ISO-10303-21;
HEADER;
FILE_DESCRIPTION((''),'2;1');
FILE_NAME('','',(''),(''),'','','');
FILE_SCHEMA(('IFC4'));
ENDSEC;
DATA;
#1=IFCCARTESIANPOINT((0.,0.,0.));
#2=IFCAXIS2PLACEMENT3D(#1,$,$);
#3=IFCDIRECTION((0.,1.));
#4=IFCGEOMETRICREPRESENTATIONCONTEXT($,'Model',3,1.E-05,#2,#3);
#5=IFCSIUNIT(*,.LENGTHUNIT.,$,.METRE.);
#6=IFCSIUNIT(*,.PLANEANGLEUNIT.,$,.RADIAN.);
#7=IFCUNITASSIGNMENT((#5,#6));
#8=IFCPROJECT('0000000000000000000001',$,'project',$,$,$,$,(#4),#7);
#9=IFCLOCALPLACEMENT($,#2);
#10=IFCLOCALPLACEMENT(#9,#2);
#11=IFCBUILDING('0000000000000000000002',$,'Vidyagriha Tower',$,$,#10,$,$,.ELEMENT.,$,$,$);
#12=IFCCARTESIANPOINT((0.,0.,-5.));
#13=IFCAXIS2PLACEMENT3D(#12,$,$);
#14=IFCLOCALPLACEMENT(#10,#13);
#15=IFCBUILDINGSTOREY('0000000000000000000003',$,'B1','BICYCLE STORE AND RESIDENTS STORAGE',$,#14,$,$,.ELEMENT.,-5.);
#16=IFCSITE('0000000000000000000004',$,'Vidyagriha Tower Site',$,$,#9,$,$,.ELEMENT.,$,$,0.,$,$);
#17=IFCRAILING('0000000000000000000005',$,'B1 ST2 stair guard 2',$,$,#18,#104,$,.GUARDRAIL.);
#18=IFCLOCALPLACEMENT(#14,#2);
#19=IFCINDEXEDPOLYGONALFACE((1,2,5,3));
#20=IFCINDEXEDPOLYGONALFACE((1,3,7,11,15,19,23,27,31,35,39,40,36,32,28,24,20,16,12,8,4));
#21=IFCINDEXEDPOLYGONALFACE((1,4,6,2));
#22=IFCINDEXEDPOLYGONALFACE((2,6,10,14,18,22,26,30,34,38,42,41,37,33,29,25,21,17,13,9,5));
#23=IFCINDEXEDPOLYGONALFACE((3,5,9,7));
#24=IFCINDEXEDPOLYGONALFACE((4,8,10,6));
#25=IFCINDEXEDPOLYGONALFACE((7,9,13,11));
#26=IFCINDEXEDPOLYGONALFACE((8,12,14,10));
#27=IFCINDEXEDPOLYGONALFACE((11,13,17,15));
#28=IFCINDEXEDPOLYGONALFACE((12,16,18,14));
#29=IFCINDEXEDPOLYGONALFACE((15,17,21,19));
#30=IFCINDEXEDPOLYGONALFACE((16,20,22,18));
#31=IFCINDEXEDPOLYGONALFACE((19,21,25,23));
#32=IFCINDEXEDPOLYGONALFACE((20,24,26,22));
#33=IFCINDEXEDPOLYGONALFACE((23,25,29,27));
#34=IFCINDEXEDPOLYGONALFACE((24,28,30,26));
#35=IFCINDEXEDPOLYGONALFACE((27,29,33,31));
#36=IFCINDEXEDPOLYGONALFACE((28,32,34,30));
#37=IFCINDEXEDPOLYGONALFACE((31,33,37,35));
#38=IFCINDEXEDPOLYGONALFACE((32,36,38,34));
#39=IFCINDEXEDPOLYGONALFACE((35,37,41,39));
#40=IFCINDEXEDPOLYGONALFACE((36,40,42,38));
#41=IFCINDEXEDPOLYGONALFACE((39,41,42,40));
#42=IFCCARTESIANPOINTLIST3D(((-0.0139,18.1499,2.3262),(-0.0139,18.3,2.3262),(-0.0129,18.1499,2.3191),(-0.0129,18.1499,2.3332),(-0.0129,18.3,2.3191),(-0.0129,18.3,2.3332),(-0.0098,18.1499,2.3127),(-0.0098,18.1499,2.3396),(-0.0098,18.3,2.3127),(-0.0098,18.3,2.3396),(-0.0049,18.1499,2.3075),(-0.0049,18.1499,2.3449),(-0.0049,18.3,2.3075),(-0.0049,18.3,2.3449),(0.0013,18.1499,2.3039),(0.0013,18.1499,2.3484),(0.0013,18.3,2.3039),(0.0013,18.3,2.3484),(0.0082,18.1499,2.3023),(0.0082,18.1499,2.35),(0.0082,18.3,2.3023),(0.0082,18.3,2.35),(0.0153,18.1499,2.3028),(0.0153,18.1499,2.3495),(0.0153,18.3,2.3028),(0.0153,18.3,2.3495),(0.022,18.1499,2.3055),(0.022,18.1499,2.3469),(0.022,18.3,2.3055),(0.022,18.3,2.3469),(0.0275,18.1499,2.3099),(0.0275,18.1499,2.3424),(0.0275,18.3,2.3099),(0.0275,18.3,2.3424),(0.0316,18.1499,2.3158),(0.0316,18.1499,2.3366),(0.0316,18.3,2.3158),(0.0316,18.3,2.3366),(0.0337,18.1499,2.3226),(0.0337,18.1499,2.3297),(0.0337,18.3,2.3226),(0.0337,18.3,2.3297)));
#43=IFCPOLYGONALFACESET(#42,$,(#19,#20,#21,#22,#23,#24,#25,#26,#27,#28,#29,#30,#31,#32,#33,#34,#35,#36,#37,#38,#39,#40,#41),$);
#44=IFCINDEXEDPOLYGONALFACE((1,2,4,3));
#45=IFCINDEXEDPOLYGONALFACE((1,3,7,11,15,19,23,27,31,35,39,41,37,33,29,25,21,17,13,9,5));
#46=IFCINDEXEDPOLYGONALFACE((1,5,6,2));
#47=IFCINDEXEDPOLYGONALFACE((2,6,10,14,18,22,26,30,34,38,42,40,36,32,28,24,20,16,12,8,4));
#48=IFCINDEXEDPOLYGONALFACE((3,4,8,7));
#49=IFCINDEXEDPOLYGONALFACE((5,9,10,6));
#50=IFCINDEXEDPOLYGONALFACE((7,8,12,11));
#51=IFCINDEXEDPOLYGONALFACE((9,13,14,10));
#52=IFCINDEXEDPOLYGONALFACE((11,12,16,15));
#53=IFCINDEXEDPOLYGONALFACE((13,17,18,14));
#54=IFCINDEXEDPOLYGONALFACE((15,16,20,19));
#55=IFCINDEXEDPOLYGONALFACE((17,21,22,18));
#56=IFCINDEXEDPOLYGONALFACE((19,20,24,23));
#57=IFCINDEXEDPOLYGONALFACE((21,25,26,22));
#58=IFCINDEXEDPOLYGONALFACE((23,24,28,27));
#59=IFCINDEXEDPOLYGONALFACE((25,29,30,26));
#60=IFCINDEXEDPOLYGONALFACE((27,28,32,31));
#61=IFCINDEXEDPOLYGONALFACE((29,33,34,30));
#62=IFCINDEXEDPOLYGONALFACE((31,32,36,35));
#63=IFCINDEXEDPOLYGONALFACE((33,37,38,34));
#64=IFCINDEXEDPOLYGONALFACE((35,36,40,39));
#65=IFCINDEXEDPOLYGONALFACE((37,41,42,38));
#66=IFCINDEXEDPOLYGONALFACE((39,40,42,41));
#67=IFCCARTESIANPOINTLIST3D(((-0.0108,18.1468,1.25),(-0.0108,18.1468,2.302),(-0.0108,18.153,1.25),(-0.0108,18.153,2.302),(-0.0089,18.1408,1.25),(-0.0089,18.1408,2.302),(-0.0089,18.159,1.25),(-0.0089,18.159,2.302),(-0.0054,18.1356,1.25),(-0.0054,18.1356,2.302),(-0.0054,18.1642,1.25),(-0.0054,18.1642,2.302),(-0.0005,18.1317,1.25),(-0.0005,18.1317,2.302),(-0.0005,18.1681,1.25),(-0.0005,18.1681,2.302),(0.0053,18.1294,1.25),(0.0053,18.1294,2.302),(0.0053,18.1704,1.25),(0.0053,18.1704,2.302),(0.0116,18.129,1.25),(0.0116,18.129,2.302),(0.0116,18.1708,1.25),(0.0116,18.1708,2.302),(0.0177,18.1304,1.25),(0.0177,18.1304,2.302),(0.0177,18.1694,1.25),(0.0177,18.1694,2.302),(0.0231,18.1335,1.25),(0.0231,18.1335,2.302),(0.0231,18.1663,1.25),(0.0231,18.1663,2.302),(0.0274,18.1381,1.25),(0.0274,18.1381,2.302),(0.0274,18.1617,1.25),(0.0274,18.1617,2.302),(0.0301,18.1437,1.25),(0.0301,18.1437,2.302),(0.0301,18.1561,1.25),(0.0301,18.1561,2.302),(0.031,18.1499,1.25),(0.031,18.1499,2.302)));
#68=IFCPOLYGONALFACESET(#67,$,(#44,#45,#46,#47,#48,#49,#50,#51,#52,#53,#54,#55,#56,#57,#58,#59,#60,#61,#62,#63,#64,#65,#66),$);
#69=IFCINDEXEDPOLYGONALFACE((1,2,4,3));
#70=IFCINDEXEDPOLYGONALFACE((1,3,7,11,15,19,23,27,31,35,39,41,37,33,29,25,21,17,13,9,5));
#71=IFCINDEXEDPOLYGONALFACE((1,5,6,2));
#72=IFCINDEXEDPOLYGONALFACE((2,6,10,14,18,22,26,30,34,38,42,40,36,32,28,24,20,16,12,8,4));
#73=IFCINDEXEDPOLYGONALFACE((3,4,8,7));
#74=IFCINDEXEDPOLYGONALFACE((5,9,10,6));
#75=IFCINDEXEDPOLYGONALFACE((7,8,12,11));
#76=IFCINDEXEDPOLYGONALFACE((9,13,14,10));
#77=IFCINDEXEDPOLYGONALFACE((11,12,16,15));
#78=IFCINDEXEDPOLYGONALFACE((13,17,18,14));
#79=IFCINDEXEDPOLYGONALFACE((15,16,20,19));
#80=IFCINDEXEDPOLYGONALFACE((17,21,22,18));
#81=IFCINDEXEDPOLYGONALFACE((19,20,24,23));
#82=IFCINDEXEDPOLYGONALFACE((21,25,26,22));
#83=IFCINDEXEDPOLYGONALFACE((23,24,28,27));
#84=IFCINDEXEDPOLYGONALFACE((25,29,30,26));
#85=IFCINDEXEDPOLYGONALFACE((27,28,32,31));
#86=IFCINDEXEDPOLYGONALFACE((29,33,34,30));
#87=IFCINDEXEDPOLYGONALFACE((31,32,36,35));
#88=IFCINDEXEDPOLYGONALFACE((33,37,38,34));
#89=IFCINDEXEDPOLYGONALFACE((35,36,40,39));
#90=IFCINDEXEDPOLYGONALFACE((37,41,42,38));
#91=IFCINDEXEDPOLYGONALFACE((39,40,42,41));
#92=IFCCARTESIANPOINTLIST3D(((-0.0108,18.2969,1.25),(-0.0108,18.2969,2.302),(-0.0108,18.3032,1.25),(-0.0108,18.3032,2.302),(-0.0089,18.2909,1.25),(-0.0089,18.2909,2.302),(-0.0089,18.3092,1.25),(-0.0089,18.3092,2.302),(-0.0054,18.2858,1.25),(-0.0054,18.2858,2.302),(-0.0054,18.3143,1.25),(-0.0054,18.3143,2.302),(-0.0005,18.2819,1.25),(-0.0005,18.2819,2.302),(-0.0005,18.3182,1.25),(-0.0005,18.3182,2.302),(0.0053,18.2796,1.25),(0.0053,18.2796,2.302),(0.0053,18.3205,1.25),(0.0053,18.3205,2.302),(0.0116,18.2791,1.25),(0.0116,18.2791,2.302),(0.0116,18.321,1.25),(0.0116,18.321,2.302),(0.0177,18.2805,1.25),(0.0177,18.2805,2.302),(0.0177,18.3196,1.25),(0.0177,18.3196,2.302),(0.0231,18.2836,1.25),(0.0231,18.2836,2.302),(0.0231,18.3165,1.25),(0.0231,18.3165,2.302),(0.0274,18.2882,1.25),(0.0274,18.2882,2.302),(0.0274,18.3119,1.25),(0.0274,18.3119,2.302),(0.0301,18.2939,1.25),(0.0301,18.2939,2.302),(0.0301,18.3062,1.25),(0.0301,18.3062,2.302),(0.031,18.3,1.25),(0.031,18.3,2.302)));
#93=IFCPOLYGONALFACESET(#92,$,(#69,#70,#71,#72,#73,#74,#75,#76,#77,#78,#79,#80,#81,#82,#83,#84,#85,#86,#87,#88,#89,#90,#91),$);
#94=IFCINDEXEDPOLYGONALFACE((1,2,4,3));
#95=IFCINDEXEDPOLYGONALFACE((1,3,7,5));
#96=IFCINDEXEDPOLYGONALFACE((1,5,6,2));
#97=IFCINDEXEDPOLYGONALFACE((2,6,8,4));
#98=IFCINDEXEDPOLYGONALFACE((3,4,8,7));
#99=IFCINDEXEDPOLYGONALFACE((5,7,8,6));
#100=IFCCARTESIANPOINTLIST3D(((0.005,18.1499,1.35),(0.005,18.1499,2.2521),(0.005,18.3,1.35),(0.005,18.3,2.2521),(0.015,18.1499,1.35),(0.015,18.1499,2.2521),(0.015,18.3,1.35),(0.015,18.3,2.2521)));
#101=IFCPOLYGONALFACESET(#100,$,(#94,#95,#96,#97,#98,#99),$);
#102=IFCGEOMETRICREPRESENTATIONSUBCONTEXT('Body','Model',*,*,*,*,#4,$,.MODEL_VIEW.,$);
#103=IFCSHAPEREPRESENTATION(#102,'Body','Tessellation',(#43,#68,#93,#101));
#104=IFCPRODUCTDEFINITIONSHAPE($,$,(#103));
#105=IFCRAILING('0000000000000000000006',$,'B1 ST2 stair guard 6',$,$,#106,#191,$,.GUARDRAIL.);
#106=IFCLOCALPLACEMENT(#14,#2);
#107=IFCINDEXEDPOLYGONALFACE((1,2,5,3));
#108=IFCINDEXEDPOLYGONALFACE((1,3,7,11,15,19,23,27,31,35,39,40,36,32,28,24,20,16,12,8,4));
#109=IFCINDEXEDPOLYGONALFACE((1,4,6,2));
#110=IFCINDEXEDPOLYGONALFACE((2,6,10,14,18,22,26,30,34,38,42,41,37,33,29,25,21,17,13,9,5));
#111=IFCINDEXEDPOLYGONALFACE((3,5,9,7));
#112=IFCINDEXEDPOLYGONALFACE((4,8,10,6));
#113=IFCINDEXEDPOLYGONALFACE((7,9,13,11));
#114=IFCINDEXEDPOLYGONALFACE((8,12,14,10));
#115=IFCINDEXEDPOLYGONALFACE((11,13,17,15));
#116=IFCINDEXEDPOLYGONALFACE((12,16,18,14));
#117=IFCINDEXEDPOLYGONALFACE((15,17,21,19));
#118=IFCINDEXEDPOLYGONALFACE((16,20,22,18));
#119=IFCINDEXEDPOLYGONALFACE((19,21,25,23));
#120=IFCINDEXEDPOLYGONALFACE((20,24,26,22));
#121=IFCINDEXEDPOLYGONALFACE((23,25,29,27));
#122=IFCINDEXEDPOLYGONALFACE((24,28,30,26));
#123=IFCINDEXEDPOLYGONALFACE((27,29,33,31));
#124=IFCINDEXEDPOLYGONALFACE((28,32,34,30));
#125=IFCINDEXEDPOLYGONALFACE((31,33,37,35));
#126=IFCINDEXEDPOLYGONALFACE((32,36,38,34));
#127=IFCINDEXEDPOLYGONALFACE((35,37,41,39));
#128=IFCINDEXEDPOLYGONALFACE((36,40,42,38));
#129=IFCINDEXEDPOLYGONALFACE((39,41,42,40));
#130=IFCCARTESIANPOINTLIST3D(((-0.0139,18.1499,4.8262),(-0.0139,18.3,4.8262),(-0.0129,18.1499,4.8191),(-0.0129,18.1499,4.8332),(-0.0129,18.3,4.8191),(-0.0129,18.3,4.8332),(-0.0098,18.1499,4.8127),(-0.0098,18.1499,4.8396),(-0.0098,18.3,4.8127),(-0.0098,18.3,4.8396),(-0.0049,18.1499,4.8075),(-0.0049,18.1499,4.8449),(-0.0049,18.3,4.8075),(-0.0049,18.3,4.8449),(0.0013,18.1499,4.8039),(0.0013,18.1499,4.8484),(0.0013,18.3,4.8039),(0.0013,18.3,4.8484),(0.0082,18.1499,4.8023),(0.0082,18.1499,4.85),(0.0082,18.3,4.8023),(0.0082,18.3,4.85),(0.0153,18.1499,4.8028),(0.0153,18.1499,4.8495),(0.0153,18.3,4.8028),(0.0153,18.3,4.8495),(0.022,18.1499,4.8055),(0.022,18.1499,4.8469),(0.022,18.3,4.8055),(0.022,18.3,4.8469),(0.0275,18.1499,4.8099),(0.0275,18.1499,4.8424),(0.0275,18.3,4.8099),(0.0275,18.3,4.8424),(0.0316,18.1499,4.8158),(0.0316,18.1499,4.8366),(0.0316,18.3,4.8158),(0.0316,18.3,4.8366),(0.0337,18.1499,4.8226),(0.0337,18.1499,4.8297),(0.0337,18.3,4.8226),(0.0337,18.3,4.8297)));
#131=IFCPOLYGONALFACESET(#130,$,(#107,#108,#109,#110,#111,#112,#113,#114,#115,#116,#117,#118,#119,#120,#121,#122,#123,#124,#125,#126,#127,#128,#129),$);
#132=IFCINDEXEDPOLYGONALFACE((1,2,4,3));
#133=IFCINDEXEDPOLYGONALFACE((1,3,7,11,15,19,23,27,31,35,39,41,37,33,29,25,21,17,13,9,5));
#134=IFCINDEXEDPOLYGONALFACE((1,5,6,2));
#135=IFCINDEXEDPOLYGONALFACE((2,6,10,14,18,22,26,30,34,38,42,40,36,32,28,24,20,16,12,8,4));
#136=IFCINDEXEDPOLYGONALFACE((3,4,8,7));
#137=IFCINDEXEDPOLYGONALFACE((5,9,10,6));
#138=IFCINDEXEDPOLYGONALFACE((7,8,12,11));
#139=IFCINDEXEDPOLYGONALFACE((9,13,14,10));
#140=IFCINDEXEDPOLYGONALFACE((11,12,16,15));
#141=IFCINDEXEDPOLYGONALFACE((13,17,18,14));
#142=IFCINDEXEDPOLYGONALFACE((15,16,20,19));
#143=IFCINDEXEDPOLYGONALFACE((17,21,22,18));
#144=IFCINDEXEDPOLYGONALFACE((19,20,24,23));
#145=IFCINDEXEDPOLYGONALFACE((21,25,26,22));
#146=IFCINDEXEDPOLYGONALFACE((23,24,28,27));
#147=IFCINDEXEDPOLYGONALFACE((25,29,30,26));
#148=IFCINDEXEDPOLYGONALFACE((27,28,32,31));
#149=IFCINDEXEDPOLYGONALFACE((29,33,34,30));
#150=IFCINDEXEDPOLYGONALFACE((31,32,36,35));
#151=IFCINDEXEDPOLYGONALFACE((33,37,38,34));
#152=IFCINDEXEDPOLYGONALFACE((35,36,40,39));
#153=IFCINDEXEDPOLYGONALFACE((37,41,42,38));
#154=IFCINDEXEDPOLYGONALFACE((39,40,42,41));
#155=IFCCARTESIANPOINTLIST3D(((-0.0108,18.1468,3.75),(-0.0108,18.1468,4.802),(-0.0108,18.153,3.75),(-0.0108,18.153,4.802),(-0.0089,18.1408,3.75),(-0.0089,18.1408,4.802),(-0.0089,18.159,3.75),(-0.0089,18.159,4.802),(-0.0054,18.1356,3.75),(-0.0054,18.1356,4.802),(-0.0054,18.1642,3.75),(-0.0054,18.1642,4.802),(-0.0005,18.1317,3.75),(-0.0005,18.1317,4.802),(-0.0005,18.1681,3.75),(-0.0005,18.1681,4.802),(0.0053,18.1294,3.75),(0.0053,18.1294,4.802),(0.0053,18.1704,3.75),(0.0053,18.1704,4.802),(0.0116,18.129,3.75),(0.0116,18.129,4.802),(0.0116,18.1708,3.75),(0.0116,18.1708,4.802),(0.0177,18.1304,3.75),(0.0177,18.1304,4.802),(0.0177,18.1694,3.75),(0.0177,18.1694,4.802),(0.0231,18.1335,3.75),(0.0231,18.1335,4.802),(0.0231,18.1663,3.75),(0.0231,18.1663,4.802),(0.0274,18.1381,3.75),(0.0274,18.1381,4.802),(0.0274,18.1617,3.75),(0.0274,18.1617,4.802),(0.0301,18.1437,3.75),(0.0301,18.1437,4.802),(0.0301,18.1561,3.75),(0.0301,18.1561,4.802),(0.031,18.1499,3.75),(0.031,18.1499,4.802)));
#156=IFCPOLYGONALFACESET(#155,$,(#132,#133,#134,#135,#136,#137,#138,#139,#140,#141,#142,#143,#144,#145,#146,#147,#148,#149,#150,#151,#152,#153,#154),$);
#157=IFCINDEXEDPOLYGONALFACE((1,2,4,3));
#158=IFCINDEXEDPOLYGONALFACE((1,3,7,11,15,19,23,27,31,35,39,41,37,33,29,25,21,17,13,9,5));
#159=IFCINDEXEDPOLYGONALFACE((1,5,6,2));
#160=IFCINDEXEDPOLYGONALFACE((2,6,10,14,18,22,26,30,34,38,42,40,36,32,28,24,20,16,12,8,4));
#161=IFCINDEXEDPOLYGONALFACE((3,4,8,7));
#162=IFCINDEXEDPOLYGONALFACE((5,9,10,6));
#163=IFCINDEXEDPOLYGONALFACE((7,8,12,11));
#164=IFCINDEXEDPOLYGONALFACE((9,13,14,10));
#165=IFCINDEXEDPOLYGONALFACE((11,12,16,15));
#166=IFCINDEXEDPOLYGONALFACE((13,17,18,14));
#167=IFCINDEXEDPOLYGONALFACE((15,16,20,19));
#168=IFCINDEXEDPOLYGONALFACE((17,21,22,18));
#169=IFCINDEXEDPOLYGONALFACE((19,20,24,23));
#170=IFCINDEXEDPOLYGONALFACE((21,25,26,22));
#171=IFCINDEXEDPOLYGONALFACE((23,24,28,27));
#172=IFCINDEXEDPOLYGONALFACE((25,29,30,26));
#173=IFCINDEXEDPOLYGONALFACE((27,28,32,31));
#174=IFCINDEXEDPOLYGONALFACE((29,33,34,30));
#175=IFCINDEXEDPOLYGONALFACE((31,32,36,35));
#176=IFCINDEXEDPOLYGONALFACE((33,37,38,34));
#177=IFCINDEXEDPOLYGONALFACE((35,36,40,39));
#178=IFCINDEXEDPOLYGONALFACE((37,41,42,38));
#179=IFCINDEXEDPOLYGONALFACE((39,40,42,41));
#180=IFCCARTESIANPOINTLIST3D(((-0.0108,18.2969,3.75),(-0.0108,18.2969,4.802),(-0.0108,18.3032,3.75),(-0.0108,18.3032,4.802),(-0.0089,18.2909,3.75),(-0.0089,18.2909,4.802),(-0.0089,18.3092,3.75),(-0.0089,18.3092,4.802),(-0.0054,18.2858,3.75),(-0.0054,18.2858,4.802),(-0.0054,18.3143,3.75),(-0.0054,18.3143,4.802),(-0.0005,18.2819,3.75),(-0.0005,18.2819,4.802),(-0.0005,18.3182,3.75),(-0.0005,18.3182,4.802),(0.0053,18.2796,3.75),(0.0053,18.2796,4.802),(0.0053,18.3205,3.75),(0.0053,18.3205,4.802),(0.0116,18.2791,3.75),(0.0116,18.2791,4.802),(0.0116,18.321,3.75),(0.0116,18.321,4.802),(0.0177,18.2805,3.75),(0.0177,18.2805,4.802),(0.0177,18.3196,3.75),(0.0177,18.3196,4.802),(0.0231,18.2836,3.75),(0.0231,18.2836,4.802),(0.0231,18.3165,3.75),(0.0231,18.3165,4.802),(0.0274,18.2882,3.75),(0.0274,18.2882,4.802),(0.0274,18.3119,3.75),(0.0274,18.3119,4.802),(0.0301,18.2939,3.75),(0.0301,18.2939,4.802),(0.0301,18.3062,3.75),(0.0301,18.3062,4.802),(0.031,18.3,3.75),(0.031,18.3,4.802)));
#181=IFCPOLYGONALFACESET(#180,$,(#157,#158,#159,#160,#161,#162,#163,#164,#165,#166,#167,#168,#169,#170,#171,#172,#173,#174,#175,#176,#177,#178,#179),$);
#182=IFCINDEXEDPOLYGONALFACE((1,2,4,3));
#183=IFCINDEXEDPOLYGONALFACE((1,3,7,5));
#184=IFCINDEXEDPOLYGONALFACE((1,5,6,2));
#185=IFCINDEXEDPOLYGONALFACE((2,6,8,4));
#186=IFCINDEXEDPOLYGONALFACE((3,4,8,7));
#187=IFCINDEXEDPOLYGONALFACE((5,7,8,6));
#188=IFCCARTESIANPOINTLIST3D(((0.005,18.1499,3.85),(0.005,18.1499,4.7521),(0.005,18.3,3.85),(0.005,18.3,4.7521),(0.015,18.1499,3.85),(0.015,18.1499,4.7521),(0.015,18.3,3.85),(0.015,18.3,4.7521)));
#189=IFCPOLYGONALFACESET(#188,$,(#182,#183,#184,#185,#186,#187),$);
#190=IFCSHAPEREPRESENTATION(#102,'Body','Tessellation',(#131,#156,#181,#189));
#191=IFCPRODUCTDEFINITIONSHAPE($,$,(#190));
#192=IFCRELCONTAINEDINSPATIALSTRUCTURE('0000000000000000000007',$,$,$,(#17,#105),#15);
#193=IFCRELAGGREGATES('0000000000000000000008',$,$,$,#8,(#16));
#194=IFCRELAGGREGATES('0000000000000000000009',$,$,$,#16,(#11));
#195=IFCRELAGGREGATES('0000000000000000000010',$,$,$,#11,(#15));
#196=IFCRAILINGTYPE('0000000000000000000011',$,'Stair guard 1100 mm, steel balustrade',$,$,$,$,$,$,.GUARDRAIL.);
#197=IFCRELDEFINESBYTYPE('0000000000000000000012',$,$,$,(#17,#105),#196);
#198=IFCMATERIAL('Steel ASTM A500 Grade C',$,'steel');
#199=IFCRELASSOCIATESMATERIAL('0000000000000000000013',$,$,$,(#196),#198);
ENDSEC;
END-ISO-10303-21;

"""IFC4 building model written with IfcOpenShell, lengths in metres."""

from ifc_helpers import new_model, si_unit, direction, frame, origin, origin_2d, place, context, subcontext, project, spatial, rectangle, circle, extrude, material, type_object, element, save


model = new_model("IFC4")

# Units and contexts
model_context = context("Model", 3, precision=1e-05, world=origin(), true_north=direction((0.0, 1.0)))
body_context = subcontext(model_context, "Body", "Model", "MODEL_VIEW")
ifc_project = project(units=[si_unit("LENGTHUNIT", "METRE"), si_unit("PLANEANGLEUNIT", "RADIAN")], contexts=[model_context])

# Site, building, storey
site_placement = place(None, origin())
site = spatial("IfcSite", under=ifc_project, at=site_placement, Name="Vidyagriha Tower Site", CompositionType="ELEMENT", RefElevation=0.0)
building_placement = place(site_placement, origin())
building = spatial("IfcBuilding", under=site, at=building_placement, Name="Vidyagriha Tower", CompositionType="ELEMENT")
storey_placement = place(building_placement, frame((0.0, 0.0, -5.0)))
storey = spatial("IfcBuildingStorey", under=building, at=storey_placement, Name="B1", Description="BICYCLE STORE AND RESIDENTS STORAGE", CompositionType="ELEMENT", Elevation=-5.0)

# Railings
ifc_material_1 = material(Name="Steel ASTM A500 Grade C", Category="steel")
railing_type_1 = type_object("IfcRailingType", Name="Stair guard 1100 mm, steel balustrade", PredefinedType="GUARDRAIL", material=ifc_material_1)
for number, where, name in (
    (1, (0.01, 18.1499, 1.25), "B1 ST2 stair guard 2"),
    (2, (0.01, 18.1499, 3.75), "B1 ST2 stair guard 6"),
):
    element("IfcRailing", number, at=place(storey_placement, frame(where)), inside=storey, type_object=railing_type_1, Name=name, PredefinedType="GUARDRAIL", context=body_context, shape_type="SweptSolid", body=[
        extrude(circle(Radius=0.0239, at=origin_2d()), frame((0.0, 0.0, 1.0762), z_axis=(0.0, 1.0, 0.0), x_axis=(-1.0, 0.0, 0.0)), (0.0, 0.0, 1.0), 0.1501),
        extrude(circle(Radius=0.021, at=origin_2d()), origin(), (0.0, 0.0, 1.0), 1.052),
        extrude(circle(Radius=0.021, at=origin_2d()), frame((0.0, 0.1501, 0.0)), (0.0, 0.0, 1.0), 1.052),
        extrude(rectangle(XDim=0.01, YDim=0.9021, at=origin_2d()), frame((0.0, 0.0, 0.551), z_axis=(0.0, 1.0, 0.0), x_axis=(-1.0, 0.0, 0.0)), (0.0, 0.0, 1.0), 0.1501),
    ])

save(model, "model.ifc")
